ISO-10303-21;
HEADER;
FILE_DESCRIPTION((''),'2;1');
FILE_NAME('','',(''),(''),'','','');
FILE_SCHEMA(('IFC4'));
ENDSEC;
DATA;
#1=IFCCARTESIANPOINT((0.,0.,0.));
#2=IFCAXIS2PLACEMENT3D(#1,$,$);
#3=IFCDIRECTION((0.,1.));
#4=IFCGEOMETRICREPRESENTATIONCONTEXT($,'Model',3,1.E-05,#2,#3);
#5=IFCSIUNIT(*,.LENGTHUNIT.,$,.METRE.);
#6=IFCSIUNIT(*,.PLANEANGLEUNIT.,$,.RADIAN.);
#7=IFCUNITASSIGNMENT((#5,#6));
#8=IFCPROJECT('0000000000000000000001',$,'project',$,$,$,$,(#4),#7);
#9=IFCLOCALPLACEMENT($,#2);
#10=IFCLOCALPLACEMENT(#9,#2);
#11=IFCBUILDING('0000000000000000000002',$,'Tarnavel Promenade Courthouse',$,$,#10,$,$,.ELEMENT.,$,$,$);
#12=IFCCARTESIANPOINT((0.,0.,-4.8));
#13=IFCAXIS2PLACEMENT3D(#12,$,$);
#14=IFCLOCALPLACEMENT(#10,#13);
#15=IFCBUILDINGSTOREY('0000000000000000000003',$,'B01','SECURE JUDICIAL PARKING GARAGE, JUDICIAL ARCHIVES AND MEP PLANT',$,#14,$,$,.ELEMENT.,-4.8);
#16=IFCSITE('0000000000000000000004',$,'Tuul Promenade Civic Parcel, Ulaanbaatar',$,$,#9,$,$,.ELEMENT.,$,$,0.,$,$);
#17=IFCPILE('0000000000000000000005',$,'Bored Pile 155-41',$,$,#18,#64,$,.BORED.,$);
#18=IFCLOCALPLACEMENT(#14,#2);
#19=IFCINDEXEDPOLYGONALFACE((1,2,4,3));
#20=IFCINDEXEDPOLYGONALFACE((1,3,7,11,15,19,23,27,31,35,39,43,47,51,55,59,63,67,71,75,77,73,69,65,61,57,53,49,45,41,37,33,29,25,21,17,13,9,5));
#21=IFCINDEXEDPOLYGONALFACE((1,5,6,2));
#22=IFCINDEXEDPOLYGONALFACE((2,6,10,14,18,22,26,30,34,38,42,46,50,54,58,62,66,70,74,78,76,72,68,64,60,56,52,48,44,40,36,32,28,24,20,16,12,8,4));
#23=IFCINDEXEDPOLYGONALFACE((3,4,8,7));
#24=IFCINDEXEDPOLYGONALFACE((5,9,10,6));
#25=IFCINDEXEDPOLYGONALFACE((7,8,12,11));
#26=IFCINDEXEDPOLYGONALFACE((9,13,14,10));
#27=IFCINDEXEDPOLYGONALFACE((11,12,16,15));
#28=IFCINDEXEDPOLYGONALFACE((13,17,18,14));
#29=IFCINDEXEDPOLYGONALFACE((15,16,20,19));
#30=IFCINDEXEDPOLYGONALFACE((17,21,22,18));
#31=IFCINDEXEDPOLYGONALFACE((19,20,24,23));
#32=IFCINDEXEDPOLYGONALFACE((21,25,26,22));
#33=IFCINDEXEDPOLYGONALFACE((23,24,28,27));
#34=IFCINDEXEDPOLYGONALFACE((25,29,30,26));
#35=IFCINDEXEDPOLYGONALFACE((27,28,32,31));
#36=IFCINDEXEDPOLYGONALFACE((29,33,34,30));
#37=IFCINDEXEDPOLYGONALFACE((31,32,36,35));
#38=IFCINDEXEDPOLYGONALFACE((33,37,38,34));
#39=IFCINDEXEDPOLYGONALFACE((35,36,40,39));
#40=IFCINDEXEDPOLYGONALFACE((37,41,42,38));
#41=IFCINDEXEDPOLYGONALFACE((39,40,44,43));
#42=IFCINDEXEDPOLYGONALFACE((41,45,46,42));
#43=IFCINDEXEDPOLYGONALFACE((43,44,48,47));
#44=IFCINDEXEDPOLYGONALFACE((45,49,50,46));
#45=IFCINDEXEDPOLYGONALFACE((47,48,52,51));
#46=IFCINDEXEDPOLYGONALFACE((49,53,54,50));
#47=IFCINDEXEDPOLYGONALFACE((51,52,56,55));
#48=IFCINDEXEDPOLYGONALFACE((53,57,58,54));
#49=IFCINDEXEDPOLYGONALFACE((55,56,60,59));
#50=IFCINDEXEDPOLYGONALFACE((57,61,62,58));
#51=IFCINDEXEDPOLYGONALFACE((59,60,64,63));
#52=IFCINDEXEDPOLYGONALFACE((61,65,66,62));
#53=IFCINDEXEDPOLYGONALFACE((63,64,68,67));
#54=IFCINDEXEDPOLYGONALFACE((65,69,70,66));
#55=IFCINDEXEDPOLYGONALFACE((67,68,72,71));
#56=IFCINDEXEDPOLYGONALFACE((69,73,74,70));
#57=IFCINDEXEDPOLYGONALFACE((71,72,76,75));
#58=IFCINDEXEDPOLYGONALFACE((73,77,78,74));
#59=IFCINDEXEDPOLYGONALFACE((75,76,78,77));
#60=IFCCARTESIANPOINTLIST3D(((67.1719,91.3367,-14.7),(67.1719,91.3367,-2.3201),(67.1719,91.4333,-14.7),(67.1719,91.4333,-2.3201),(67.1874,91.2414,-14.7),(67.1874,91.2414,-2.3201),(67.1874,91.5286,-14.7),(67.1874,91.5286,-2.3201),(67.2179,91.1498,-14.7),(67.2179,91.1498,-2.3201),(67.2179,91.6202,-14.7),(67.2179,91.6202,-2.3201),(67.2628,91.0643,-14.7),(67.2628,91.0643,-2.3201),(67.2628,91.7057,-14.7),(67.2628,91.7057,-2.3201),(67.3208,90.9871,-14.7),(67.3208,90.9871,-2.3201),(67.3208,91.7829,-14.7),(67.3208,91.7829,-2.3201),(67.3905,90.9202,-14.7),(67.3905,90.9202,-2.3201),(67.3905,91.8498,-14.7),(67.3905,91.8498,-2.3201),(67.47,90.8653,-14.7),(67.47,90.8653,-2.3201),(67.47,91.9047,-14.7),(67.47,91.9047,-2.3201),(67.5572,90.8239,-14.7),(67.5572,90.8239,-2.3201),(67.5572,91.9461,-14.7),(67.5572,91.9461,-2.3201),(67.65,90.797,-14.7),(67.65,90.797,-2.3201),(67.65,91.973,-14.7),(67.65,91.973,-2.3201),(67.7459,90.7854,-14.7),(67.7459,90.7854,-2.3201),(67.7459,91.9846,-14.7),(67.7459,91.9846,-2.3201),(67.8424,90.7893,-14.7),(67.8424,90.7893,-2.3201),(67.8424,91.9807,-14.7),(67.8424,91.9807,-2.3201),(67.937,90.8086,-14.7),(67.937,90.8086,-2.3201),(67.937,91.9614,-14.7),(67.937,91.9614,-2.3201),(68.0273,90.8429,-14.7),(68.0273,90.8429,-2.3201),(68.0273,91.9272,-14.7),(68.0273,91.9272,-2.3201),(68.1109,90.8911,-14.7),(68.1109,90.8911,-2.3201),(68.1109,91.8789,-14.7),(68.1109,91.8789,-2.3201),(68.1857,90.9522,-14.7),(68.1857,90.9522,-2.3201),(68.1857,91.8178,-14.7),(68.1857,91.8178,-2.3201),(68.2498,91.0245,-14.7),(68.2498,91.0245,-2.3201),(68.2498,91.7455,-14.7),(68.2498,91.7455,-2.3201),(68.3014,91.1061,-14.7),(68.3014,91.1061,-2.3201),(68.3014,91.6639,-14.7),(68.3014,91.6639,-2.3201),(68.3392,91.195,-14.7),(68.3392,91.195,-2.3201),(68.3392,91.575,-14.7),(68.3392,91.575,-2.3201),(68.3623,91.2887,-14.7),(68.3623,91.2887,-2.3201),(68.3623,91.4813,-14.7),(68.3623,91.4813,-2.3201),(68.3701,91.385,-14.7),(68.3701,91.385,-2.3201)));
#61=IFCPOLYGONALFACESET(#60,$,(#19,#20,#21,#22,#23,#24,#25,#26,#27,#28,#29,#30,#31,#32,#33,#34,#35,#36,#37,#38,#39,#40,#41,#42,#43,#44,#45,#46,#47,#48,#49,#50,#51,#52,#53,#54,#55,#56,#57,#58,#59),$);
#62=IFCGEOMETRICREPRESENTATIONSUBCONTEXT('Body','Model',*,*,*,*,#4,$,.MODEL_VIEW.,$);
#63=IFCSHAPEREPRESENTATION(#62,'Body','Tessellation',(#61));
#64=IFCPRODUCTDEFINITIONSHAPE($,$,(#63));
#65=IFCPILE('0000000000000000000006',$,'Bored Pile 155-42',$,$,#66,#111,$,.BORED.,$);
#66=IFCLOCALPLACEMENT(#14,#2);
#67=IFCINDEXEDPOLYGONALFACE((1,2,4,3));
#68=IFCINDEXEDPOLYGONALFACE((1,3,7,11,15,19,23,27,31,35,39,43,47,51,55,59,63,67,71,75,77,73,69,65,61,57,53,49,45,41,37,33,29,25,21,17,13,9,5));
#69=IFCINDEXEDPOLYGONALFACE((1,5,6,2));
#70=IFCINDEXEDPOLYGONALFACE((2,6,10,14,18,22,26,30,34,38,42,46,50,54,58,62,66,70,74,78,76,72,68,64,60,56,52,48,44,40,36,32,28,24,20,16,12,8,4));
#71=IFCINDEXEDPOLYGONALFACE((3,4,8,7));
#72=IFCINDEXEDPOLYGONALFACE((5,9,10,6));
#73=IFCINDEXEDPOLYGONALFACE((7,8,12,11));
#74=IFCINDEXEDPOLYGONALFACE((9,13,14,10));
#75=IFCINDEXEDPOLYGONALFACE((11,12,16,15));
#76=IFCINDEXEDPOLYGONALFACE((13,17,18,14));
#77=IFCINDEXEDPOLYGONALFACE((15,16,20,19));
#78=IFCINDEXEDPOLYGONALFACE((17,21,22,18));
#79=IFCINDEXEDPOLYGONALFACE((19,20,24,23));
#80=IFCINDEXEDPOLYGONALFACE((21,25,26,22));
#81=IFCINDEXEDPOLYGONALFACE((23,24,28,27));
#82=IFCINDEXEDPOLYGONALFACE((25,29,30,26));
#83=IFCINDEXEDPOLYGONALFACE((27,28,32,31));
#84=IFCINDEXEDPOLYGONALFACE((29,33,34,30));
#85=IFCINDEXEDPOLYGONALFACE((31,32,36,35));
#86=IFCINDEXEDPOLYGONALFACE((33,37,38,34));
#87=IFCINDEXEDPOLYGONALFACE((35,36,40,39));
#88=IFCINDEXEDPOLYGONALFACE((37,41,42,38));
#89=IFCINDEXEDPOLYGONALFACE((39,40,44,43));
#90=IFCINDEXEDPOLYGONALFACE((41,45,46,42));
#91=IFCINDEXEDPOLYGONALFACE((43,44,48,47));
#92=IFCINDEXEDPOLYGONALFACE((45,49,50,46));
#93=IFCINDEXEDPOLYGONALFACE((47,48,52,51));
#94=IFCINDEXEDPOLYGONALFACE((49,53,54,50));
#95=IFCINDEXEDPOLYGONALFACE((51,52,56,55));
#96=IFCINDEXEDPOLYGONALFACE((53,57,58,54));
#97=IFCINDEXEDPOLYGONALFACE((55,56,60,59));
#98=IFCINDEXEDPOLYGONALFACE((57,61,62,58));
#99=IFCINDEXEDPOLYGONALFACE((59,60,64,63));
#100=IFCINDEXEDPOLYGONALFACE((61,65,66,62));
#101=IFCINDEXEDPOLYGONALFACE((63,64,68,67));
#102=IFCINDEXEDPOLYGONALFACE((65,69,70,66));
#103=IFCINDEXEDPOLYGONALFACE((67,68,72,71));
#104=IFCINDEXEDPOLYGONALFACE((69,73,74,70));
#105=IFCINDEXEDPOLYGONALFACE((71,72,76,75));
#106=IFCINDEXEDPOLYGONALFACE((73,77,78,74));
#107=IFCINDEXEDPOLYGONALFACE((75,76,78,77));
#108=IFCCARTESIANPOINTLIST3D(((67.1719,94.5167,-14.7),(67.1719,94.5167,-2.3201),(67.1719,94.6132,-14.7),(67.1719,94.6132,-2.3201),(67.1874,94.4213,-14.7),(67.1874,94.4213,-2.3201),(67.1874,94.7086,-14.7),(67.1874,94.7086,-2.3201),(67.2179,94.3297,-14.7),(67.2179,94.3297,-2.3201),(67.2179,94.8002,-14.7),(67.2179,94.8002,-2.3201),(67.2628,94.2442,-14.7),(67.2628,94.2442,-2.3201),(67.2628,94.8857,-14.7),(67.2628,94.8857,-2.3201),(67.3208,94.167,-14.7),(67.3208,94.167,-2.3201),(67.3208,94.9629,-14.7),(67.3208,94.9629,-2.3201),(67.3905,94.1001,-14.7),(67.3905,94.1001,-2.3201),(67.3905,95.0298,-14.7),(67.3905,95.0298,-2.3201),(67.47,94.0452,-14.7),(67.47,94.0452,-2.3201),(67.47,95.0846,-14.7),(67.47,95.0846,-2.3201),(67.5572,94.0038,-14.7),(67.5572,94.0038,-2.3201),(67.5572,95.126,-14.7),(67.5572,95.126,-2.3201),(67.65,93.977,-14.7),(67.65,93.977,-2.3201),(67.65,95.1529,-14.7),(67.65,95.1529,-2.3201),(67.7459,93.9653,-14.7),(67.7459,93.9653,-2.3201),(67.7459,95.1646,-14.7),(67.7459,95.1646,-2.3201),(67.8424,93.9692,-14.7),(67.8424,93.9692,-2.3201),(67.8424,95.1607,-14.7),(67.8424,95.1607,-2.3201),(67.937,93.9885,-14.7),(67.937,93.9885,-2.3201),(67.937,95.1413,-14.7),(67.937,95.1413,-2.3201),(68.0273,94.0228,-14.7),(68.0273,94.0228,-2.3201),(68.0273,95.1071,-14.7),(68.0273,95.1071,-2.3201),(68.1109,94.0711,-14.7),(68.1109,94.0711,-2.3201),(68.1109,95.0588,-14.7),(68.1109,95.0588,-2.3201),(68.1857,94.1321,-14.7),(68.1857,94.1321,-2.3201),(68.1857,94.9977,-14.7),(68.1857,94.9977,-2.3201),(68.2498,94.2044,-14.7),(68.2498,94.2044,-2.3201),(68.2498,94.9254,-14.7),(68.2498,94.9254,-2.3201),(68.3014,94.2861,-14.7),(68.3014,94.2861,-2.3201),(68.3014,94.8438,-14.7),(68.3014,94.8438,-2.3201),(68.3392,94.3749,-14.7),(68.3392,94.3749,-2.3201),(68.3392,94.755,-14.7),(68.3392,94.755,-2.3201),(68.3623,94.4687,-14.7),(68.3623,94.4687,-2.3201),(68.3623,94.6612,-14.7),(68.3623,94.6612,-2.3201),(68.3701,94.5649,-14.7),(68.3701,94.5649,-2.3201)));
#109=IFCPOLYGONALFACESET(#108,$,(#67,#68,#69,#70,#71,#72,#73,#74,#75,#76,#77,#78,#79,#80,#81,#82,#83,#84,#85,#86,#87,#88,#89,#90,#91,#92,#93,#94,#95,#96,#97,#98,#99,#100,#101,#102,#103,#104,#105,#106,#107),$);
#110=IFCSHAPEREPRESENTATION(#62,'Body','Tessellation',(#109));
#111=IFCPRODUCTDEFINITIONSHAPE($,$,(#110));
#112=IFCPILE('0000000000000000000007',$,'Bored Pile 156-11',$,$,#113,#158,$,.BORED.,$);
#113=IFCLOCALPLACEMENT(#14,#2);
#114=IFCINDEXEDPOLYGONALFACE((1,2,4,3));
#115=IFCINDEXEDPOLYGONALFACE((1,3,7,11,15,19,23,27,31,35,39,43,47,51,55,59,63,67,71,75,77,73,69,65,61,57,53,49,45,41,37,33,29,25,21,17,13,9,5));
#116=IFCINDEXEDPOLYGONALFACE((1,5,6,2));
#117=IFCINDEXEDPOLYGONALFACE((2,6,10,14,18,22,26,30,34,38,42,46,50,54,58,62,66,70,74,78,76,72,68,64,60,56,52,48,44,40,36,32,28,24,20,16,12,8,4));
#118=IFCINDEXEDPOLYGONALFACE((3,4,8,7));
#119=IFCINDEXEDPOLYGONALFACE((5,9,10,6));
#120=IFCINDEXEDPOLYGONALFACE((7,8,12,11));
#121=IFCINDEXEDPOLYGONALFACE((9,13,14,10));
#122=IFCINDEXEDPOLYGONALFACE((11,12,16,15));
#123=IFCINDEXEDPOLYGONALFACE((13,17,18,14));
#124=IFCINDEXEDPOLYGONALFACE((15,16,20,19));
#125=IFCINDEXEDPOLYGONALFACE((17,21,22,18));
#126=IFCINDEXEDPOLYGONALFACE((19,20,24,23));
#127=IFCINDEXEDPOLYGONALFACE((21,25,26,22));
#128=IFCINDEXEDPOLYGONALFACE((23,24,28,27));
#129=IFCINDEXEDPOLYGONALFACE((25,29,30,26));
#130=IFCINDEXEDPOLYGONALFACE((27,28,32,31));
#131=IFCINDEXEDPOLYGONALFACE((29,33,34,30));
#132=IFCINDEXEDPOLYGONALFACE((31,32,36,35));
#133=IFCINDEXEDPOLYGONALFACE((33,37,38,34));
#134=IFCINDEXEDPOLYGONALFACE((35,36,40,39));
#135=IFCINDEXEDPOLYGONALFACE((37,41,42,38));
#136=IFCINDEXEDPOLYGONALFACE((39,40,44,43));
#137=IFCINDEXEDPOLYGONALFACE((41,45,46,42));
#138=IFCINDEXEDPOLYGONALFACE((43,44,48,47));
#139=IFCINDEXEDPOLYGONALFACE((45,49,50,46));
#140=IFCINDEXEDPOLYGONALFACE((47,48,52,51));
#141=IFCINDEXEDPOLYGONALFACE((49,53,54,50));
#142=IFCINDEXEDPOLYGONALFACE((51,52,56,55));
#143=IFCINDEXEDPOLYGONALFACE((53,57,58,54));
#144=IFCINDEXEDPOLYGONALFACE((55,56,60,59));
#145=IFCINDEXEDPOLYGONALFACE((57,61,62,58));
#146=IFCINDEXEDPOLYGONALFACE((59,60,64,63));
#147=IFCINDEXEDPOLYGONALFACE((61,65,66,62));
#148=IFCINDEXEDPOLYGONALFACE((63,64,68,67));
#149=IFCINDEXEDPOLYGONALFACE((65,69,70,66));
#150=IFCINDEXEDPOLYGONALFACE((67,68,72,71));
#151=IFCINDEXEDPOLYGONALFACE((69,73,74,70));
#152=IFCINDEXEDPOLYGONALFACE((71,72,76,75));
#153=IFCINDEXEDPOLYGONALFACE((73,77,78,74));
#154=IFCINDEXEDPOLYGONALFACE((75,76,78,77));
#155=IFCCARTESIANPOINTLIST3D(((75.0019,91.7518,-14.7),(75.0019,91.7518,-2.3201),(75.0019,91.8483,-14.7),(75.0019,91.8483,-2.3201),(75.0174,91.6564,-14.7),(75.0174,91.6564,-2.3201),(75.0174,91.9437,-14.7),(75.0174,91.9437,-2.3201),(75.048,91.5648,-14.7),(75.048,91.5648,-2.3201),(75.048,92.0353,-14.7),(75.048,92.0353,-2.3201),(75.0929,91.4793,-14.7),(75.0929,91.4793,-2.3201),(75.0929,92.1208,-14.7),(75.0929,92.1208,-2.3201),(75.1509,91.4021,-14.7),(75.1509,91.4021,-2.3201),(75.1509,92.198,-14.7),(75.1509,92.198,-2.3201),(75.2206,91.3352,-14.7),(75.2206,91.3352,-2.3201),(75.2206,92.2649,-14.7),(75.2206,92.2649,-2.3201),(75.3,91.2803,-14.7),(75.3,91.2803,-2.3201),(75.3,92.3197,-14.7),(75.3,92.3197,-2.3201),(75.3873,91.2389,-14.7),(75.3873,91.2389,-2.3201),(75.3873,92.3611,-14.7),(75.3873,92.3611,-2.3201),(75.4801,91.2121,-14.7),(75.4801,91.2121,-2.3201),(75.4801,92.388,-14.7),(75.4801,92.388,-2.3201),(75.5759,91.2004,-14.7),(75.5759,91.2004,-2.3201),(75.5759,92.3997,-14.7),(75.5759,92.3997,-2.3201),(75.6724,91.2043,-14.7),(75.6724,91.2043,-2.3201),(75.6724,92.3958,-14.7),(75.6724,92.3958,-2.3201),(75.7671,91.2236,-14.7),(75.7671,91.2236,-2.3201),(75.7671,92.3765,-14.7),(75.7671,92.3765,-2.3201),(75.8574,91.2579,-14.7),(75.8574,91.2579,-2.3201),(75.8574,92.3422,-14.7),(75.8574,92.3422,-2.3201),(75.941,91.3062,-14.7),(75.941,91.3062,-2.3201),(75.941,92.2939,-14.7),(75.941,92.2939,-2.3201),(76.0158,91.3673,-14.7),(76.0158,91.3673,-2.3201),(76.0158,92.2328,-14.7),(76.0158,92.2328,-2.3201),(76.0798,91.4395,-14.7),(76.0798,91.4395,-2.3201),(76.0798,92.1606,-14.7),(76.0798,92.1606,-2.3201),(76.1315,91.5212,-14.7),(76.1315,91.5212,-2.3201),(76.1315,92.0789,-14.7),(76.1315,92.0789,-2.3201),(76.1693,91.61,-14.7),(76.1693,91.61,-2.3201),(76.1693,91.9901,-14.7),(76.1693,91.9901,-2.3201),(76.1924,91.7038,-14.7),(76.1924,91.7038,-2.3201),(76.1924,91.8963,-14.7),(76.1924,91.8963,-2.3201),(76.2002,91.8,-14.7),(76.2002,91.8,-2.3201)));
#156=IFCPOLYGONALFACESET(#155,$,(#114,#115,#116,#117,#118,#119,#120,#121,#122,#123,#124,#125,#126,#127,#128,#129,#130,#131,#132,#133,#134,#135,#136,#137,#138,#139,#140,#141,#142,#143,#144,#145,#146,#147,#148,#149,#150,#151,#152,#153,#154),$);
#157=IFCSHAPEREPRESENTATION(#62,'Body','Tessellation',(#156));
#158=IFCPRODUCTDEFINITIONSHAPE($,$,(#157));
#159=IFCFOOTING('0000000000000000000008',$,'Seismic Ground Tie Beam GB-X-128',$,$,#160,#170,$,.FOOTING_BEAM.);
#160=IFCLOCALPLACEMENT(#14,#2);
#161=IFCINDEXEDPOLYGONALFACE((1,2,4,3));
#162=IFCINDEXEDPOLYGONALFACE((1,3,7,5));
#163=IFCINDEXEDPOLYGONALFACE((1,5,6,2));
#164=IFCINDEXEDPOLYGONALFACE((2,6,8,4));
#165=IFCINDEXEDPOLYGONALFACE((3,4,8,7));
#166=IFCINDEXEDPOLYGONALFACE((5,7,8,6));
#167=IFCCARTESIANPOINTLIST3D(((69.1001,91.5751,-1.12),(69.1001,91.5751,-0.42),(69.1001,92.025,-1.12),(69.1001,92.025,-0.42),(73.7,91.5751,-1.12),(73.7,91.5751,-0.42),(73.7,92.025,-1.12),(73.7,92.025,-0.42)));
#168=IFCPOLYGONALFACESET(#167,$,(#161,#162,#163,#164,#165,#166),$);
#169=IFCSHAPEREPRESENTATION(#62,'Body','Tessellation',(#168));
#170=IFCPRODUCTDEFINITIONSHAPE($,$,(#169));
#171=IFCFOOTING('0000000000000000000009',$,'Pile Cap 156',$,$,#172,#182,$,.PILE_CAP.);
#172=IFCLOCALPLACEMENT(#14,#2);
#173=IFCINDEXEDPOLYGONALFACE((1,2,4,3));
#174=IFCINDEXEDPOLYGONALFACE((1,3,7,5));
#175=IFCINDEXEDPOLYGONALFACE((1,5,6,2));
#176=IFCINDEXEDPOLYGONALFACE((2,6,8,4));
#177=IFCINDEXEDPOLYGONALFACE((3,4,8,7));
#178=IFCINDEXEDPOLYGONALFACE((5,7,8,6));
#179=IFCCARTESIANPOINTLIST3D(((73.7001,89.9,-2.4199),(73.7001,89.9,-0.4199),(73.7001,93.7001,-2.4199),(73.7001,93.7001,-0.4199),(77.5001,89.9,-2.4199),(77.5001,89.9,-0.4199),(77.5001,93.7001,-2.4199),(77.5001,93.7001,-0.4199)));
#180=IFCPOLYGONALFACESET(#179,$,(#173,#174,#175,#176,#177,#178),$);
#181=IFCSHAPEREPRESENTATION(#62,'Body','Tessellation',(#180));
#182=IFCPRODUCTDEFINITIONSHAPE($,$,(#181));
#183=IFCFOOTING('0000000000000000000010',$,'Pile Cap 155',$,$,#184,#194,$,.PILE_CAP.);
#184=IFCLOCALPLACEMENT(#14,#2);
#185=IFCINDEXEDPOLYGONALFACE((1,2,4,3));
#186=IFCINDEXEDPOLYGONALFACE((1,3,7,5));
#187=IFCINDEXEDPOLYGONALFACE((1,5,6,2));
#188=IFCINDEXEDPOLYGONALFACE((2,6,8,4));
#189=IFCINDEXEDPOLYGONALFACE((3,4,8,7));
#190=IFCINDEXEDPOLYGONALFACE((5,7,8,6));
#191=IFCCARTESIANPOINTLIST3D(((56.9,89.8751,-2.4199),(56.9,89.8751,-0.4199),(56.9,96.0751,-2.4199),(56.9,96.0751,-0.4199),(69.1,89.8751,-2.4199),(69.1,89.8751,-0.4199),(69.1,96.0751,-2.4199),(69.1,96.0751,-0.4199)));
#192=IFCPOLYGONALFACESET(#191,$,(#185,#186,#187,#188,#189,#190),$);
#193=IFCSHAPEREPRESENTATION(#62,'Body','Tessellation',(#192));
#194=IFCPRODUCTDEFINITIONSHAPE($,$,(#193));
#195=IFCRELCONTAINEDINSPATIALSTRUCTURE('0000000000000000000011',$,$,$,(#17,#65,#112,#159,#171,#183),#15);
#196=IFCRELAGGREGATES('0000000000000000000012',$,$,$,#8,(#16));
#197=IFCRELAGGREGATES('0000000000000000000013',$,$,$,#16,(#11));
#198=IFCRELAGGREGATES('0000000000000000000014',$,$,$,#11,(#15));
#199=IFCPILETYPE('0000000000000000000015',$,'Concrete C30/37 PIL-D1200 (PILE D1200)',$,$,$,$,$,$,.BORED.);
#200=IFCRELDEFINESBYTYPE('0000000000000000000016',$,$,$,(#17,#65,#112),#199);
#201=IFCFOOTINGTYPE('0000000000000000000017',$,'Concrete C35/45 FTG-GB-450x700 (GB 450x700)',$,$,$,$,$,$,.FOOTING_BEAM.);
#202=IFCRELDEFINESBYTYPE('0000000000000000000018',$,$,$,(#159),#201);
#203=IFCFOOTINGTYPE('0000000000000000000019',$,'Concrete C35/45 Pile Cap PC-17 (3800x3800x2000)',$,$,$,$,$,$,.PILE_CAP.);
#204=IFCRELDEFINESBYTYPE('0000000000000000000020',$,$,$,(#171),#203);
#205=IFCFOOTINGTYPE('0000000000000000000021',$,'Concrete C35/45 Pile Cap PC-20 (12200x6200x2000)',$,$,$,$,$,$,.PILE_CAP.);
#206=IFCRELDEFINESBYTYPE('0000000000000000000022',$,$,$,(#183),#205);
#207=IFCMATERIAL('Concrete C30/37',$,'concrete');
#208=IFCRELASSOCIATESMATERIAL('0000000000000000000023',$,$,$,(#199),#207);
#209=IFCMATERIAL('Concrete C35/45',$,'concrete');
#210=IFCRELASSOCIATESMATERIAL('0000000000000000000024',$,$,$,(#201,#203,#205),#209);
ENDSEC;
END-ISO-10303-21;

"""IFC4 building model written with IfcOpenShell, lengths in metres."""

from ifc_helpers import new_model, si_unit, direction, frame, origin, origin_2d, place, context, subcontext, project, spatial, rectangle, circle, extrude, material, material_profile, profile_set, type_object, element, save


model = new_model("IFC4")

# Units and contexts
model_context = context("Model", 3, precision=1e-05, world=origin(), true_north=direction((0.0, 1.0)))
body_context = subcontext(model_context, "Body", "Model", "MODEL_VIEW")
ifc_project = project(units=[si_unit("LENGTHUNIT", "METRE"), si_unit("PLANEANGLEUNIT", "RADIAN")], contexts=[model_context])

# Site, building, storey
site_placement = place(None, origin())
site = spatial("IfcSite", under=ifc_project, at=site_placement, Name="Tuul Promenade Civic Parcel, Ulaanbaatar", CompositionType="ELEMENT", RefElevation=0.0)
building_placement = place(site_placement, origin())
building = spatial("IfcBuilding", under=site, at=building_placement, Name="Tarnavel Promenade Courthouse", CompositionType="ELEMENT")
storey_placement = place(building_placement, frame((0.0, 0.0, -4.8)))
storey = spatial("IfcBuildingStorey", under=building, at=storey_placement, Name="B01", Description="SECURE JUDICIAL PARKING GARAGE, JUDICIAL ARCHIVES AND MEP PLANT", CompositionType="ELEMENT", Elevation=-4.8)

# Piles
ifc_material_1 = material(Name="Concrete C30/37", Category="concrete")
ifc_material_profile_1 = material_profile(ifc_material_1, circle(Radius=0.6001, at=origin_2d()), Name="PILE D1200")
ifc_profile_set_1 = profile_set([ifc_material_profile_1], Name="Concrete C30/37")
pile_type = type_object("IfcPileType", Name="Concrete C30/37 PIL-D1200 (PILE D1200)", PredefinedType="BORED", material=ifc_profile_set_1)
for number, where, z_axis, x_axis, name in (
    (1, (67.77, 91.385, -2.3201), (0.0, 0.0, -1.0), (1.0, 0.0, 0.0), "Bored Pile 155-41"),
    (2, (67.77, 94.5649, -2.3201), (0.0, 0.0, -1.0), (1.0, 0.0, 0.0), "Bored Pile 155-42"),
    (3, (75.6001, 91.8, -2.3201), (0.0, 0.0, -1.0), (1.0, 0.0, 0.0), "Bored Pile 156-11"),
):
    element("IfcPile", number, at=place(storey_placement, frame(where, z_axis=z_axis, x_axis=x_axis)), inside=storey, type_object=pile_type, Name=name, PredefinedType="BORED", context=body_context, shape_type="SweptSolid", body=[
        extrude(circle(Radius=0.6001, at=origin_2d()), origin(), (0.0, 0.0, 1.0), 12.3799),
    ])

# Footings
ifc_material_2 = material(Name="Concrete C35/45", Category="concrete")
ifc_material_profile_2 = material_profile(ifc_material_2, rectangle(XDim=0.45, YDim=0.7, at=origin_2d()), Name="GB 450x700")
ifc_profile_set_2 = profile_set([ifc_material_profile_2], Name="Concrete C35/45")
footing_type_1 = type_object("IfcFootingType", Name="Concrete C35/45 FTG-GB-450x700 (GB 450x700)", PredefinedType="FOOTING_BEAM", material=ifc_profile_set_2)
footing_1_placement = place(storey_placement, frame((69.1001, 91.8, -0.77), z_axis=(1.0, 0.0, 0.0), x_axis=(0.0, 1.0, 0.0)))
element("IfcFooting", 4, at=footing_1_placement, inside=storey, type_object=footing_type_1, Name="Seismic Ground Tie Beam GB-X-128", PredefinedType="FOOTING_BEAM", context=body_context, shape_type="SweptSolid", body=[
    extrude(rectangle(XDim=0.45, YDim=0.7, at=origin_2d()), origin(), (0.0, 0.0, 1.0), 4.5999),
])
footing_type_2 = type_object("IfcFootingType", Name="Concrete C35/45 Pile Cap PC-17 (3800x3800x2000)", PredefinedType="PILE_CAP", material=ifc_material_2)
footing_2_placement = place(storey_placement, frame((75.6001, 91.8, -2.4199), z_axis=(0.0, 0.0, 1.0), x_axis=(1.0, 0.0, 0.0)))
element("IfcFooting", 5, at=footing_2_placement, inside=storey, type_object=footing_type_2, Name="Pile Cap 156", PredefinedType="PILE_CAP", context=body_context, shape_type="SweptSolid", body=[
    extrude(rectangle(XDim=3.8, YDim=3.8, at=origin_2d()), origin(), (0.0, 0.0, 1.0), 2.0),
])
footing_type_3 = type_object("IfcFootingType", Name="Concrete C35/45 Pile Cap PC-20 (12200x6200x2000)", PredefinedType="PILE_CAP", material=ifc_material_2)
footing_3_placement = place(storey_placement, frame((63.0, 92.9751, -2.4199), z_axis=(0.0, 0.0, 1.0), x_axis=(1.0, 0.0, 0.0)))
element("IfcFooting", 6, at=footing_3_placement, inside=storey, type_object=footing_type_3, Name="Pile Cap 155", PredefinedType="PILE_CAP", context=body_context, shape_type="SweptSolid", body=[
    extrude(rectangle(XDim=12.2, YDim=6.2, at=origin_2d()), origin(), (0.0, 0.0, 1.0), 2.0),
])

save(model, "model.ifc")
